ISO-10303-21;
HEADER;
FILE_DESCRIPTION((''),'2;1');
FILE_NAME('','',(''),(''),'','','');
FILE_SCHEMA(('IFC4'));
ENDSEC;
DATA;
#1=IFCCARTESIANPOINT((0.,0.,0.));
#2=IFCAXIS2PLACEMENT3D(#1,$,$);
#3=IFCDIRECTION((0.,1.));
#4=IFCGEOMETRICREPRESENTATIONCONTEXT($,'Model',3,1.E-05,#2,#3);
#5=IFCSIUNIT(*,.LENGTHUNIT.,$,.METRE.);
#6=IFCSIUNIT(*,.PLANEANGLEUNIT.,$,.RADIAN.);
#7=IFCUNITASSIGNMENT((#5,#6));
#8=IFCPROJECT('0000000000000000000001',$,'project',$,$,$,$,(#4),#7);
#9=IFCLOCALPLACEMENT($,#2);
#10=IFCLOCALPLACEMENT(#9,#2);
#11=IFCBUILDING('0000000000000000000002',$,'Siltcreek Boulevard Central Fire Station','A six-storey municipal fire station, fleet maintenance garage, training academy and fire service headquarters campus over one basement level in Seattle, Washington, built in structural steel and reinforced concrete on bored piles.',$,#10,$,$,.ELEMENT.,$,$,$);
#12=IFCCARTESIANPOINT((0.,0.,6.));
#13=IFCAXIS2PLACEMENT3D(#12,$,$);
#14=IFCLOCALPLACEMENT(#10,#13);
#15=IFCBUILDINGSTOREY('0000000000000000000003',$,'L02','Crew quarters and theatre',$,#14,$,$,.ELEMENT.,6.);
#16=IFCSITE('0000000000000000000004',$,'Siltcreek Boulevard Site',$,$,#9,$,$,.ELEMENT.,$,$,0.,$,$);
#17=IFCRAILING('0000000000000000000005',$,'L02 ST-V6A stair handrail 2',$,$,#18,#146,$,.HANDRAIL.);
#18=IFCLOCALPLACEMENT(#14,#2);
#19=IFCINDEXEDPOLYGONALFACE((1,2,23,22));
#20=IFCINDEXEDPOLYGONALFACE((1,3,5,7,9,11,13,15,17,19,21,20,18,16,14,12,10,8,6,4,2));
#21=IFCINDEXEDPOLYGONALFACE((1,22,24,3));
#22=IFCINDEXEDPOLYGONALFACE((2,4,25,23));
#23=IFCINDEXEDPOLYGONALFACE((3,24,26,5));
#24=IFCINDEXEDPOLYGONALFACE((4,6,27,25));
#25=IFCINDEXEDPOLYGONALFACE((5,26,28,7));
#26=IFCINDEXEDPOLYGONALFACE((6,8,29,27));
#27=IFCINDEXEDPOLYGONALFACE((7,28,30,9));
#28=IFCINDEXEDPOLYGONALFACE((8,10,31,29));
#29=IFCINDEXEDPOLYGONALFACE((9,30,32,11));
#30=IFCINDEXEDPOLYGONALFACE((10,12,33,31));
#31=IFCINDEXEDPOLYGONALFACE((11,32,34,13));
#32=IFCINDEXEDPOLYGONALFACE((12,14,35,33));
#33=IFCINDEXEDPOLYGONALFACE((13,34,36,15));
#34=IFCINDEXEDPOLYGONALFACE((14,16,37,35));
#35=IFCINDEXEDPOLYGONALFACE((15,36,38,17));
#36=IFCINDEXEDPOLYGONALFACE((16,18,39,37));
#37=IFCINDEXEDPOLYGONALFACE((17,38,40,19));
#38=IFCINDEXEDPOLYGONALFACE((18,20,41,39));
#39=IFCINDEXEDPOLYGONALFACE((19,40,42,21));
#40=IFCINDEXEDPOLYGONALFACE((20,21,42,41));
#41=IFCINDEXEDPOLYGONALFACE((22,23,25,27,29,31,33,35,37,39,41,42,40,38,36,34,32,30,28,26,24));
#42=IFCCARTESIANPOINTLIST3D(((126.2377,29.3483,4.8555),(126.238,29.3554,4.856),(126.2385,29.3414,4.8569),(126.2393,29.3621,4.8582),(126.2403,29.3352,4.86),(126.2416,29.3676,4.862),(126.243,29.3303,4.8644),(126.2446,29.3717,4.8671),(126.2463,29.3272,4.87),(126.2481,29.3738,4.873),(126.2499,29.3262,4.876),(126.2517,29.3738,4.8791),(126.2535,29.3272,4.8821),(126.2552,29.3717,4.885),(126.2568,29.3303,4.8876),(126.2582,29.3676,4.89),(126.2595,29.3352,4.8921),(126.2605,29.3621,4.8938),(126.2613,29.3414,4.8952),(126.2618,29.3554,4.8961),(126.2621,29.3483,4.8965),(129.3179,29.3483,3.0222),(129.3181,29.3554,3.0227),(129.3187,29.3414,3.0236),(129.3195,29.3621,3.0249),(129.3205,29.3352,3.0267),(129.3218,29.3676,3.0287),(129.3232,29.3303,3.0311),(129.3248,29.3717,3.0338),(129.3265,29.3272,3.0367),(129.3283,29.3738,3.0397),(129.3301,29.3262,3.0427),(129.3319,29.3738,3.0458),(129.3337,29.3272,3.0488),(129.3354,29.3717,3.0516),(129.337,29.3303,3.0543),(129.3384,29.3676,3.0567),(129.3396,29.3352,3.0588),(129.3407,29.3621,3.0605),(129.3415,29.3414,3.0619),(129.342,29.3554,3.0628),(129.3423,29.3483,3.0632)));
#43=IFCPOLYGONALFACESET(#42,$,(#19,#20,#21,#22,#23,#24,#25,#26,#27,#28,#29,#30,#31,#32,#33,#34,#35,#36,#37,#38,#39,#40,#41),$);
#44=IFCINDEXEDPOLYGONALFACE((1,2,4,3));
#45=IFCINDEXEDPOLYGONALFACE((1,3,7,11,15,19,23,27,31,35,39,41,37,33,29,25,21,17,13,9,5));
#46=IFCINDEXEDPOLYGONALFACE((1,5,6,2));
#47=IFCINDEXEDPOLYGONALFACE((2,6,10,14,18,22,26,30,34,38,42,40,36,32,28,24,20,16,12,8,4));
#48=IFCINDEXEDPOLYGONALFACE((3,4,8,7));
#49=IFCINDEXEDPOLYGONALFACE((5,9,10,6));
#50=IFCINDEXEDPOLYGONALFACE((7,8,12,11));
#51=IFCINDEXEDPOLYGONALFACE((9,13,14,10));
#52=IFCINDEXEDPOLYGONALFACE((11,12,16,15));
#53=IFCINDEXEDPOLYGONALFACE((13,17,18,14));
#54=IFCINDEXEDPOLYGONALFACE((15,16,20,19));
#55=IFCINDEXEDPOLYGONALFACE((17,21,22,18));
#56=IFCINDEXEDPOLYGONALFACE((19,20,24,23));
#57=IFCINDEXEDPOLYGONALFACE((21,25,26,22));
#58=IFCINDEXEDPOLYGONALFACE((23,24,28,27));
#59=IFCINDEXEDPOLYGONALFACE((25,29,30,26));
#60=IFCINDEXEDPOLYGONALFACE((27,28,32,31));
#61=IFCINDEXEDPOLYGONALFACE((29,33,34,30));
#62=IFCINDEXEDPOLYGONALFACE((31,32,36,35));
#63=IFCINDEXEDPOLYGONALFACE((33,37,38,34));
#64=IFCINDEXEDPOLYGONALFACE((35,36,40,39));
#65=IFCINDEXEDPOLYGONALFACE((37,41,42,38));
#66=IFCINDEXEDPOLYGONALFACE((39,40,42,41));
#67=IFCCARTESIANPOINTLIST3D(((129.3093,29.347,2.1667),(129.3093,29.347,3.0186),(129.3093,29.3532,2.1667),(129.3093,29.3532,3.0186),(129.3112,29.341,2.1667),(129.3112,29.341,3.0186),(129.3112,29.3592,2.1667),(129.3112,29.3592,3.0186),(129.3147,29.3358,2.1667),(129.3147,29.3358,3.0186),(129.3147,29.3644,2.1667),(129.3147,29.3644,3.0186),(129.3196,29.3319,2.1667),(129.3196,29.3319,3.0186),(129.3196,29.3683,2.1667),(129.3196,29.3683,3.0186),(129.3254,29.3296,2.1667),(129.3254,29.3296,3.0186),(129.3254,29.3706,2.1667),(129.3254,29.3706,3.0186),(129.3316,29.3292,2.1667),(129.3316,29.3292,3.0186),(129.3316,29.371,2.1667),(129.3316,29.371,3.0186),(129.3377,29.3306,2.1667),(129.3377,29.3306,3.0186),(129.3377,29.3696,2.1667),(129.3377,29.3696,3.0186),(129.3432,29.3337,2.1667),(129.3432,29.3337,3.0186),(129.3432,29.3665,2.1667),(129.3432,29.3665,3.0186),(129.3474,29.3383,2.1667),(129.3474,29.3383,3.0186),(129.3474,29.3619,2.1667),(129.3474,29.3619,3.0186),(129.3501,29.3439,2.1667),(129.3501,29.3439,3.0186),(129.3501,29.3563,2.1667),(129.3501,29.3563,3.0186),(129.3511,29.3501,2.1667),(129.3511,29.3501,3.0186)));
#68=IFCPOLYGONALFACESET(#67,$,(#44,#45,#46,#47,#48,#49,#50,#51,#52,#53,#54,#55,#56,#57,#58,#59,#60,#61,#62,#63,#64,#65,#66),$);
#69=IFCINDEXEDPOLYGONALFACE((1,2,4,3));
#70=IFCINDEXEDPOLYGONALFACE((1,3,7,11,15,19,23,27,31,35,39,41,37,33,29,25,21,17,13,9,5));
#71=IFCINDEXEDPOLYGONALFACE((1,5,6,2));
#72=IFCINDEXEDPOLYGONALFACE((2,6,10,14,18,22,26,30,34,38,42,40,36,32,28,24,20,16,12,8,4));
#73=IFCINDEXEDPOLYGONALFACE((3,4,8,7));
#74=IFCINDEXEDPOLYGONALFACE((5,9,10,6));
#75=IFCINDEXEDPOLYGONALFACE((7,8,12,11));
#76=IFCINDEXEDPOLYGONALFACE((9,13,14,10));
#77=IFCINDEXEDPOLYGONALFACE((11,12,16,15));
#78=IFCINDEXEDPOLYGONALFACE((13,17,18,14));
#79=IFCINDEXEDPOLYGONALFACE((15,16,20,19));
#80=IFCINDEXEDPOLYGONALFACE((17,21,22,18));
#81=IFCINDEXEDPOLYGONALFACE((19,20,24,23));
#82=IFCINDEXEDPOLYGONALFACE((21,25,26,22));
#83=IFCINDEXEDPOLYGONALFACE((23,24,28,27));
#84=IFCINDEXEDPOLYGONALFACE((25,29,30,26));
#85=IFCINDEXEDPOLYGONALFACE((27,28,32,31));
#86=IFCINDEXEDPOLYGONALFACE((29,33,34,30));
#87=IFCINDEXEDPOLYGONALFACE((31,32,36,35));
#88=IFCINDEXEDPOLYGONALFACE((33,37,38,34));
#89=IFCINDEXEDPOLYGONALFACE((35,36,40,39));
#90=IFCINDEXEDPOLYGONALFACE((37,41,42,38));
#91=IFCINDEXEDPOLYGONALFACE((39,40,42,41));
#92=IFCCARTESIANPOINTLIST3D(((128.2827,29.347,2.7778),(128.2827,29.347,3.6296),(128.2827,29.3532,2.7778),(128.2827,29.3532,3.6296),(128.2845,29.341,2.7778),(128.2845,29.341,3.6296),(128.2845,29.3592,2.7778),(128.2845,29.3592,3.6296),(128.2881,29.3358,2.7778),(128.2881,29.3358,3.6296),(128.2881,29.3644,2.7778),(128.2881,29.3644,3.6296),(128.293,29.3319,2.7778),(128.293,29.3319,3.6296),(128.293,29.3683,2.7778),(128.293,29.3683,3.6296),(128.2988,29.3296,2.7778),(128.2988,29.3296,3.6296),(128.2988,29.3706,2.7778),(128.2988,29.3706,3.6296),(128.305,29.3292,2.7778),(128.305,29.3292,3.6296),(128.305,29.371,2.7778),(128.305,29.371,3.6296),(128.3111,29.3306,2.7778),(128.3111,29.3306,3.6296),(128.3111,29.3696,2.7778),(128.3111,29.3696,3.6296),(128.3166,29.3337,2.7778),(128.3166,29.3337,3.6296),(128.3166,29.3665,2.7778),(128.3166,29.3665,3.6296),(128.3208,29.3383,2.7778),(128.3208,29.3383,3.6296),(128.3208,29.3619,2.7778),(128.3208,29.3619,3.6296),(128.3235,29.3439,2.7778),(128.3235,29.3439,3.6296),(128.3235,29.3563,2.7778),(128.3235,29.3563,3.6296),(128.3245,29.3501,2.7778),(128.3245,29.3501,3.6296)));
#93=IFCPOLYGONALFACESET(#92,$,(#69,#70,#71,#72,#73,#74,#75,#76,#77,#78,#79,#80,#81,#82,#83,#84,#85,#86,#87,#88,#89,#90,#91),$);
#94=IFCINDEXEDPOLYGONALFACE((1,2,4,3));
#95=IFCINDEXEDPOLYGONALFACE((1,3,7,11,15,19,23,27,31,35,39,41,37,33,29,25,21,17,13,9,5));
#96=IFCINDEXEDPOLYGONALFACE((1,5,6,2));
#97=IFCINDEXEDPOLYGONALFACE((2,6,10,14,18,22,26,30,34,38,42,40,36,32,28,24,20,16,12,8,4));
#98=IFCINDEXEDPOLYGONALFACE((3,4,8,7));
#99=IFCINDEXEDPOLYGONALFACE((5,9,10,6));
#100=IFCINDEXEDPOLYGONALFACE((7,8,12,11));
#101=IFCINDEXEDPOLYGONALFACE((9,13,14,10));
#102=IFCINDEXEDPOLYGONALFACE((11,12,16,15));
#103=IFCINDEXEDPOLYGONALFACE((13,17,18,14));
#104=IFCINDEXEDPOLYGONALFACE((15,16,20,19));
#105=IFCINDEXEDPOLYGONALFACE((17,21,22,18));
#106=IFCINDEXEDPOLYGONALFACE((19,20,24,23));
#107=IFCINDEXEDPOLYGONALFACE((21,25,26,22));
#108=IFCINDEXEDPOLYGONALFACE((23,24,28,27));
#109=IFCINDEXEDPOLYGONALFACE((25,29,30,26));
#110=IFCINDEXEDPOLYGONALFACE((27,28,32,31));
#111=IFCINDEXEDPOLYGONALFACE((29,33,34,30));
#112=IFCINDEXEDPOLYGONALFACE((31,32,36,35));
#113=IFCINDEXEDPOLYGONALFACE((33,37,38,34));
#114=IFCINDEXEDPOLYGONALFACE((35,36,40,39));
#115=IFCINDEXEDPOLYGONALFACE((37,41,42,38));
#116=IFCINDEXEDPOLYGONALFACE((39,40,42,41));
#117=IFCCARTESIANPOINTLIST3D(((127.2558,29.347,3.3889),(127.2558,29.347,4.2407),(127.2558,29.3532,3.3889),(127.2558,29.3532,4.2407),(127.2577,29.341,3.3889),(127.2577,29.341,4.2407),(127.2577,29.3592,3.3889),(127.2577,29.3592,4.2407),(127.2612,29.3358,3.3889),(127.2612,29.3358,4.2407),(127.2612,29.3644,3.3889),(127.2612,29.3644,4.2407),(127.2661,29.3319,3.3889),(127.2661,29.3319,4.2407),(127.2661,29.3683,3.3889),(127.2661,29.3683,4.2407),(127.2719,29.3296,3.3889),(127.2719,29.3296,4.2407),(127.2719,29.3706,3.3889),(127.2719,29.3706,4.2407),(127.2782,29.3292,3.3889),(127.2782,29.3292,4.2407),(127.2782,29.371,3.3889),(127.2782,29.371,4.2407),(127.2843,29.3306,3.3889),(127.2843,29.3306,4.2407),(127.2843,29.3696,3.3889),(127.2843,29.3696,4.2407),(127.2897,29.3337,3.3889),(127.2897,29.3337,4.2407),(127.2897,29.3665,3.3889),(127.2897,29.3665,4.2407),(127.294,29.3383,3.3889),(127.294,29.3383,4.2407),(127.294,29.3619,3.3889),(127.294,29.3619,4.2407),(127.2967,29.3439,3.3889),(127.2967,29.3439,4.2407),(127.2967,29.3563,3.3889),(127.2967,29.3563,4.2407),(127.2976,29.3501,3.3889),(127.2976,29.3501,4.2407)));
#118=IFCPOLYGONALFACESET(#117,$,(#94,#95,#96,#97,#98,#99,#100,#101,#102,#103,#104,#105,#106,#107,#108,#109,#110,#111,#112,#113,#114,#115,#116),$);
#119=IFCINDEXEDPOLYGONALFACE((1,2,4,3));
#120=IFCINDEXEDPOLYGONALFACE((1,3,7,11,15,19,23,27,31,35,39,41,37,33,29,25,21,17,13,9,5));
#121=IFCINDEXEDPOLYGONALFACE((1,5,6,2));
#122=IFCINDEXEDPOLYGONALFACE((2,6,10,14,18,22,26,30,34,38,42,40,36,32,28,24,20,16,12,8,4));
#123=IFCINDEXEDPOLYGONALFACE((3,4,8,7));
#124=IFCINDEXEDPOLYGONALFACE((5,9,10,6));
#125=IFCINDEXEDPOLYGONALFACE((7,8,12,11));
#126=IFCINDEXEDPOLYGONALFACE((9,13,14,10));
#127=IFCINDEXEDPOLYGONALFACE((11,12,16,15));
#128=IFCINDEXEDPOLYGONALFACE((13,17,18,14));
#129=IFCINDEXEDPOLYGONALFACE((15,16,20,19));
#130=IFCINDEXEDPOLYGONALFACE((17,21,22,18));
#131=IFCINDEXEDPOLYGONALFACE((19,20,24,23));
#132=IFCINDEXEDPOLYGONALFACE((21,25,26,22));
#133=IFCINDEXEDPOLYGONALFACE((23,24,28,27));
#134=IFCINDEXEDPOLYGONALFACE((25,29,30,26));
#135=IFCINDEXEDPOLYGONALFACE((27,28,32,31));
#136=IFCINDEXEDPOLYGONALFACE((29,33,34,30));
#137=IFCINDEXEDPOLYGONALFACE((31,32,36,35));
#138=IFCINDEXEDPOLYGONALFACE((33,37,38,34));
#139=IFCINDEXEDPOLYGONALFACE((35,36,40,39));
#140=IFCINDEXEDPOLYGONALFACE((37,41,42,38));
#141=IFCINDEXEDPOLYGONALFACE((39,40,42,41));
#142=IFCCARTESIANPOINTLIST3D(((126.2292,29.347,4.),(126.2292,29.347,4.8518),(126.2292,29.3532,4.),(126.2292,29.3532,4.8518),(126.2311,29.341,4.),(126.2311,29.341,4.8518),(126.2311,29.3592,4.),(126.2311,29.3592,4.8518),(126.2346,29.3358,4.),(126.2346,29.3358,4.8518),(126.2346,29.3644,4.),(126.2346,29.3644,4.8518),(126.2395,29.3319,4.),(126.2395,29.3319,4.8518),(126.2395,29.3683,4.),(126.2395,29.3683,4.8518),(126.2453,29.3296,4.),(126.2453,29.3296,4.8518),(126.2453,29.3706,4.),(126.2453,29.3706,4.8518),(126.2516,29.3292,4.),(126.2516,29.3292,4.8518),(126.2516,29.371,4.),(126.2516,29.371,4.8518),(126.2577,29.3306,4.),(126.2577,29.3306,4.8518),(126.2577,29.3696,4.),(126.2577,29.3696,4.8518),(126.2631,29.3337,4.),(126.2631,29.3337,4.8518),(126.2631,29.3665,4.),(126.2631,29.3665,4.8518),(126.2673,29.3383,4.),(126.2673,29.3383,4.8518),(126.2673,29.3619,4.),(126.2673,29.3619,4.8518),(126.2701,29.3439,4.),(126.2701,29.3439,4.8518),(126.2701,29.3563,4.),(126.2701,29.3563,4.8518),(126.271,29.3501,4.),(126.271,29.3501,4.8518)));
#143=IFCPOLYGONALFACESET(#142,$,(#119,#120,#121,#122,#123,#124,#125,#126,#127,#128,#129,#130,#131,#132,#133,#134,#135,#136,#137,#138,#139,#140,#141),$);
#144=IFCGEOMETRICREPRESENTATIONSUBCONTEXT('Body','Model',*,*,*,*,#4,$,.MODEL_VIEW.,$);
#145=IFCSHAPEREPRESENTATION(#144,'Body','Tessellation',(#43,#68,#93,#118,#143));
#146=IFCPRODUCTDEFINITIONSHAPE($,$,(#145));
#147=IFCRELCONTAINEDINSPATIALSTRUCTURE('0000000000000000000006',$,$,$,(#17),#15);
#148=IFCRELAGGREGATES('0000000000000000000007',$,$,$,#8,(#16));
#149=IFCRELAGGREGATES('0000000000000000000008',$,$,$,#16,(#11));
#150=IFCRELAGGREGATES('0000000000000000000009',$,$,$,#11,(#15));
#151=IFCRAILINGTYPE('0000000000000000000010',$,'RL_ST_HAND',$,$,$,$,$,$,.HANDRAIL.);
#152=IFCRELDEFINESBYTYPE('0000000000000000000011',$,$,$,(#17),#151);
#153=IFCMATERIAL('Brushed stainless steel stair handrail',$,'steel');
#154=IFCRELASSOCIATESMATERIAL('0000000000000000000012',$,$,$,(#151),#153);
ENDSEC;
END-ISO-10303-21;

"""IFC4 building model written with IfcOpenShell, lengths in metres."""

from ifc_helpers import new_model, si_unit, direction, frame, origin, origin_2d, place, context, subcontext, project, spatial, circle, extrude, material, type_object, element, save


model = new_model("IFC4")

# Units and contexts
model_context = context("Model", 3, precision=1e-05, world=origin(), true_north=direction((0.0, 1.0)))
body_context = subcontext(model_context, "Body", "Model", "MODEL_VIEW")
ifc_project = project(units=[si_unit("LENGTHUNIT", "METRE"), si_unit("PLANEANGLEUNIT", "RADIAN")], contexts=[model_context])

# Site, building, storey
site_placement = place(None, origin())
site = spatial("IfcSite", under=ifc_project, at=site_placement, Name="Siltcreek Boulevard Site", CompositionType="ELEMENT", RefElevation=0.0)
building_placement = place(site_placement, origin())
building = spatial("IfcBuilding", under=site, at=building_placement, Name="Siltcreek Boulevard Central Fire Station", Description="A six-storey municipal fire station, fleet maintenance garage, training academy and fire service headquarters campus over one basement level in Seattle, Washington, built in structural steel and reinforced concrete on bored piles.", CompositionType="ELEMENT")
storey_placement = place(building_placement, frame((0.0, 0.0, 6.0)))
storey = spatial("IfcBuildingStorey", under=building, at=storey_placement, Name="L02", Description="Crew quarters and theatre", CompositionType="ELEMENT", Elevation=6.0)

# Railing
ifc_material_1 = material(Name="Brushed stainless steel stair handrail", Category="steel")
railing_type_1 = type_object("IfcRailingType", Name="RL_ST_HAND", PredefinedType="HANDRAIL", material=ifc_material_1)
railing_1_placement = place(storey_placement, frame((129.3301, 29.3501, 2.1667)))
element("IfcRailing", 1, at=railing_1_placement, inside=storey, type_object=railing_type_1, Name="L02 ST-V6A stair handrail 2", PredefinedType="HANDRAIL", context=body_context, shape_type="SweptSolid", body=[
    extrude(circle(Radius=0.0239, at=origin_2d()), frame((0.0, 0.0, 0.876), z_axis=(-0.859309, 0.0, 0.511458), x_axis=(0.0, -1.0, 0.0)), (0.0, 0.0, 1.0), 3.5845),
    extrude(circle(Radius=0.021, at=origin_2d()), origin(), (0.0, 0.0, 1.0), 0.8518),
    extrude(circle(Radius=0.021, at=origin_2d()), frame((-1.0266, 0.0, 0.6111)), (0.0, 0.0, 1.0), 0.8518),
    extrude(circle(Radius=0.021, at=origin_2d()), frame((-2.0535, 0.0, 1.2222)), (0.0, 0.0, 1.0), 0.8518),
    extrude(circle(Radius=0.021, at=origin_2d()), frame((-3.0801, 0.0, 1.8333)), (0.0, 0.0, 1.0), 0.8518),
])

save(model, "model.ifc")
